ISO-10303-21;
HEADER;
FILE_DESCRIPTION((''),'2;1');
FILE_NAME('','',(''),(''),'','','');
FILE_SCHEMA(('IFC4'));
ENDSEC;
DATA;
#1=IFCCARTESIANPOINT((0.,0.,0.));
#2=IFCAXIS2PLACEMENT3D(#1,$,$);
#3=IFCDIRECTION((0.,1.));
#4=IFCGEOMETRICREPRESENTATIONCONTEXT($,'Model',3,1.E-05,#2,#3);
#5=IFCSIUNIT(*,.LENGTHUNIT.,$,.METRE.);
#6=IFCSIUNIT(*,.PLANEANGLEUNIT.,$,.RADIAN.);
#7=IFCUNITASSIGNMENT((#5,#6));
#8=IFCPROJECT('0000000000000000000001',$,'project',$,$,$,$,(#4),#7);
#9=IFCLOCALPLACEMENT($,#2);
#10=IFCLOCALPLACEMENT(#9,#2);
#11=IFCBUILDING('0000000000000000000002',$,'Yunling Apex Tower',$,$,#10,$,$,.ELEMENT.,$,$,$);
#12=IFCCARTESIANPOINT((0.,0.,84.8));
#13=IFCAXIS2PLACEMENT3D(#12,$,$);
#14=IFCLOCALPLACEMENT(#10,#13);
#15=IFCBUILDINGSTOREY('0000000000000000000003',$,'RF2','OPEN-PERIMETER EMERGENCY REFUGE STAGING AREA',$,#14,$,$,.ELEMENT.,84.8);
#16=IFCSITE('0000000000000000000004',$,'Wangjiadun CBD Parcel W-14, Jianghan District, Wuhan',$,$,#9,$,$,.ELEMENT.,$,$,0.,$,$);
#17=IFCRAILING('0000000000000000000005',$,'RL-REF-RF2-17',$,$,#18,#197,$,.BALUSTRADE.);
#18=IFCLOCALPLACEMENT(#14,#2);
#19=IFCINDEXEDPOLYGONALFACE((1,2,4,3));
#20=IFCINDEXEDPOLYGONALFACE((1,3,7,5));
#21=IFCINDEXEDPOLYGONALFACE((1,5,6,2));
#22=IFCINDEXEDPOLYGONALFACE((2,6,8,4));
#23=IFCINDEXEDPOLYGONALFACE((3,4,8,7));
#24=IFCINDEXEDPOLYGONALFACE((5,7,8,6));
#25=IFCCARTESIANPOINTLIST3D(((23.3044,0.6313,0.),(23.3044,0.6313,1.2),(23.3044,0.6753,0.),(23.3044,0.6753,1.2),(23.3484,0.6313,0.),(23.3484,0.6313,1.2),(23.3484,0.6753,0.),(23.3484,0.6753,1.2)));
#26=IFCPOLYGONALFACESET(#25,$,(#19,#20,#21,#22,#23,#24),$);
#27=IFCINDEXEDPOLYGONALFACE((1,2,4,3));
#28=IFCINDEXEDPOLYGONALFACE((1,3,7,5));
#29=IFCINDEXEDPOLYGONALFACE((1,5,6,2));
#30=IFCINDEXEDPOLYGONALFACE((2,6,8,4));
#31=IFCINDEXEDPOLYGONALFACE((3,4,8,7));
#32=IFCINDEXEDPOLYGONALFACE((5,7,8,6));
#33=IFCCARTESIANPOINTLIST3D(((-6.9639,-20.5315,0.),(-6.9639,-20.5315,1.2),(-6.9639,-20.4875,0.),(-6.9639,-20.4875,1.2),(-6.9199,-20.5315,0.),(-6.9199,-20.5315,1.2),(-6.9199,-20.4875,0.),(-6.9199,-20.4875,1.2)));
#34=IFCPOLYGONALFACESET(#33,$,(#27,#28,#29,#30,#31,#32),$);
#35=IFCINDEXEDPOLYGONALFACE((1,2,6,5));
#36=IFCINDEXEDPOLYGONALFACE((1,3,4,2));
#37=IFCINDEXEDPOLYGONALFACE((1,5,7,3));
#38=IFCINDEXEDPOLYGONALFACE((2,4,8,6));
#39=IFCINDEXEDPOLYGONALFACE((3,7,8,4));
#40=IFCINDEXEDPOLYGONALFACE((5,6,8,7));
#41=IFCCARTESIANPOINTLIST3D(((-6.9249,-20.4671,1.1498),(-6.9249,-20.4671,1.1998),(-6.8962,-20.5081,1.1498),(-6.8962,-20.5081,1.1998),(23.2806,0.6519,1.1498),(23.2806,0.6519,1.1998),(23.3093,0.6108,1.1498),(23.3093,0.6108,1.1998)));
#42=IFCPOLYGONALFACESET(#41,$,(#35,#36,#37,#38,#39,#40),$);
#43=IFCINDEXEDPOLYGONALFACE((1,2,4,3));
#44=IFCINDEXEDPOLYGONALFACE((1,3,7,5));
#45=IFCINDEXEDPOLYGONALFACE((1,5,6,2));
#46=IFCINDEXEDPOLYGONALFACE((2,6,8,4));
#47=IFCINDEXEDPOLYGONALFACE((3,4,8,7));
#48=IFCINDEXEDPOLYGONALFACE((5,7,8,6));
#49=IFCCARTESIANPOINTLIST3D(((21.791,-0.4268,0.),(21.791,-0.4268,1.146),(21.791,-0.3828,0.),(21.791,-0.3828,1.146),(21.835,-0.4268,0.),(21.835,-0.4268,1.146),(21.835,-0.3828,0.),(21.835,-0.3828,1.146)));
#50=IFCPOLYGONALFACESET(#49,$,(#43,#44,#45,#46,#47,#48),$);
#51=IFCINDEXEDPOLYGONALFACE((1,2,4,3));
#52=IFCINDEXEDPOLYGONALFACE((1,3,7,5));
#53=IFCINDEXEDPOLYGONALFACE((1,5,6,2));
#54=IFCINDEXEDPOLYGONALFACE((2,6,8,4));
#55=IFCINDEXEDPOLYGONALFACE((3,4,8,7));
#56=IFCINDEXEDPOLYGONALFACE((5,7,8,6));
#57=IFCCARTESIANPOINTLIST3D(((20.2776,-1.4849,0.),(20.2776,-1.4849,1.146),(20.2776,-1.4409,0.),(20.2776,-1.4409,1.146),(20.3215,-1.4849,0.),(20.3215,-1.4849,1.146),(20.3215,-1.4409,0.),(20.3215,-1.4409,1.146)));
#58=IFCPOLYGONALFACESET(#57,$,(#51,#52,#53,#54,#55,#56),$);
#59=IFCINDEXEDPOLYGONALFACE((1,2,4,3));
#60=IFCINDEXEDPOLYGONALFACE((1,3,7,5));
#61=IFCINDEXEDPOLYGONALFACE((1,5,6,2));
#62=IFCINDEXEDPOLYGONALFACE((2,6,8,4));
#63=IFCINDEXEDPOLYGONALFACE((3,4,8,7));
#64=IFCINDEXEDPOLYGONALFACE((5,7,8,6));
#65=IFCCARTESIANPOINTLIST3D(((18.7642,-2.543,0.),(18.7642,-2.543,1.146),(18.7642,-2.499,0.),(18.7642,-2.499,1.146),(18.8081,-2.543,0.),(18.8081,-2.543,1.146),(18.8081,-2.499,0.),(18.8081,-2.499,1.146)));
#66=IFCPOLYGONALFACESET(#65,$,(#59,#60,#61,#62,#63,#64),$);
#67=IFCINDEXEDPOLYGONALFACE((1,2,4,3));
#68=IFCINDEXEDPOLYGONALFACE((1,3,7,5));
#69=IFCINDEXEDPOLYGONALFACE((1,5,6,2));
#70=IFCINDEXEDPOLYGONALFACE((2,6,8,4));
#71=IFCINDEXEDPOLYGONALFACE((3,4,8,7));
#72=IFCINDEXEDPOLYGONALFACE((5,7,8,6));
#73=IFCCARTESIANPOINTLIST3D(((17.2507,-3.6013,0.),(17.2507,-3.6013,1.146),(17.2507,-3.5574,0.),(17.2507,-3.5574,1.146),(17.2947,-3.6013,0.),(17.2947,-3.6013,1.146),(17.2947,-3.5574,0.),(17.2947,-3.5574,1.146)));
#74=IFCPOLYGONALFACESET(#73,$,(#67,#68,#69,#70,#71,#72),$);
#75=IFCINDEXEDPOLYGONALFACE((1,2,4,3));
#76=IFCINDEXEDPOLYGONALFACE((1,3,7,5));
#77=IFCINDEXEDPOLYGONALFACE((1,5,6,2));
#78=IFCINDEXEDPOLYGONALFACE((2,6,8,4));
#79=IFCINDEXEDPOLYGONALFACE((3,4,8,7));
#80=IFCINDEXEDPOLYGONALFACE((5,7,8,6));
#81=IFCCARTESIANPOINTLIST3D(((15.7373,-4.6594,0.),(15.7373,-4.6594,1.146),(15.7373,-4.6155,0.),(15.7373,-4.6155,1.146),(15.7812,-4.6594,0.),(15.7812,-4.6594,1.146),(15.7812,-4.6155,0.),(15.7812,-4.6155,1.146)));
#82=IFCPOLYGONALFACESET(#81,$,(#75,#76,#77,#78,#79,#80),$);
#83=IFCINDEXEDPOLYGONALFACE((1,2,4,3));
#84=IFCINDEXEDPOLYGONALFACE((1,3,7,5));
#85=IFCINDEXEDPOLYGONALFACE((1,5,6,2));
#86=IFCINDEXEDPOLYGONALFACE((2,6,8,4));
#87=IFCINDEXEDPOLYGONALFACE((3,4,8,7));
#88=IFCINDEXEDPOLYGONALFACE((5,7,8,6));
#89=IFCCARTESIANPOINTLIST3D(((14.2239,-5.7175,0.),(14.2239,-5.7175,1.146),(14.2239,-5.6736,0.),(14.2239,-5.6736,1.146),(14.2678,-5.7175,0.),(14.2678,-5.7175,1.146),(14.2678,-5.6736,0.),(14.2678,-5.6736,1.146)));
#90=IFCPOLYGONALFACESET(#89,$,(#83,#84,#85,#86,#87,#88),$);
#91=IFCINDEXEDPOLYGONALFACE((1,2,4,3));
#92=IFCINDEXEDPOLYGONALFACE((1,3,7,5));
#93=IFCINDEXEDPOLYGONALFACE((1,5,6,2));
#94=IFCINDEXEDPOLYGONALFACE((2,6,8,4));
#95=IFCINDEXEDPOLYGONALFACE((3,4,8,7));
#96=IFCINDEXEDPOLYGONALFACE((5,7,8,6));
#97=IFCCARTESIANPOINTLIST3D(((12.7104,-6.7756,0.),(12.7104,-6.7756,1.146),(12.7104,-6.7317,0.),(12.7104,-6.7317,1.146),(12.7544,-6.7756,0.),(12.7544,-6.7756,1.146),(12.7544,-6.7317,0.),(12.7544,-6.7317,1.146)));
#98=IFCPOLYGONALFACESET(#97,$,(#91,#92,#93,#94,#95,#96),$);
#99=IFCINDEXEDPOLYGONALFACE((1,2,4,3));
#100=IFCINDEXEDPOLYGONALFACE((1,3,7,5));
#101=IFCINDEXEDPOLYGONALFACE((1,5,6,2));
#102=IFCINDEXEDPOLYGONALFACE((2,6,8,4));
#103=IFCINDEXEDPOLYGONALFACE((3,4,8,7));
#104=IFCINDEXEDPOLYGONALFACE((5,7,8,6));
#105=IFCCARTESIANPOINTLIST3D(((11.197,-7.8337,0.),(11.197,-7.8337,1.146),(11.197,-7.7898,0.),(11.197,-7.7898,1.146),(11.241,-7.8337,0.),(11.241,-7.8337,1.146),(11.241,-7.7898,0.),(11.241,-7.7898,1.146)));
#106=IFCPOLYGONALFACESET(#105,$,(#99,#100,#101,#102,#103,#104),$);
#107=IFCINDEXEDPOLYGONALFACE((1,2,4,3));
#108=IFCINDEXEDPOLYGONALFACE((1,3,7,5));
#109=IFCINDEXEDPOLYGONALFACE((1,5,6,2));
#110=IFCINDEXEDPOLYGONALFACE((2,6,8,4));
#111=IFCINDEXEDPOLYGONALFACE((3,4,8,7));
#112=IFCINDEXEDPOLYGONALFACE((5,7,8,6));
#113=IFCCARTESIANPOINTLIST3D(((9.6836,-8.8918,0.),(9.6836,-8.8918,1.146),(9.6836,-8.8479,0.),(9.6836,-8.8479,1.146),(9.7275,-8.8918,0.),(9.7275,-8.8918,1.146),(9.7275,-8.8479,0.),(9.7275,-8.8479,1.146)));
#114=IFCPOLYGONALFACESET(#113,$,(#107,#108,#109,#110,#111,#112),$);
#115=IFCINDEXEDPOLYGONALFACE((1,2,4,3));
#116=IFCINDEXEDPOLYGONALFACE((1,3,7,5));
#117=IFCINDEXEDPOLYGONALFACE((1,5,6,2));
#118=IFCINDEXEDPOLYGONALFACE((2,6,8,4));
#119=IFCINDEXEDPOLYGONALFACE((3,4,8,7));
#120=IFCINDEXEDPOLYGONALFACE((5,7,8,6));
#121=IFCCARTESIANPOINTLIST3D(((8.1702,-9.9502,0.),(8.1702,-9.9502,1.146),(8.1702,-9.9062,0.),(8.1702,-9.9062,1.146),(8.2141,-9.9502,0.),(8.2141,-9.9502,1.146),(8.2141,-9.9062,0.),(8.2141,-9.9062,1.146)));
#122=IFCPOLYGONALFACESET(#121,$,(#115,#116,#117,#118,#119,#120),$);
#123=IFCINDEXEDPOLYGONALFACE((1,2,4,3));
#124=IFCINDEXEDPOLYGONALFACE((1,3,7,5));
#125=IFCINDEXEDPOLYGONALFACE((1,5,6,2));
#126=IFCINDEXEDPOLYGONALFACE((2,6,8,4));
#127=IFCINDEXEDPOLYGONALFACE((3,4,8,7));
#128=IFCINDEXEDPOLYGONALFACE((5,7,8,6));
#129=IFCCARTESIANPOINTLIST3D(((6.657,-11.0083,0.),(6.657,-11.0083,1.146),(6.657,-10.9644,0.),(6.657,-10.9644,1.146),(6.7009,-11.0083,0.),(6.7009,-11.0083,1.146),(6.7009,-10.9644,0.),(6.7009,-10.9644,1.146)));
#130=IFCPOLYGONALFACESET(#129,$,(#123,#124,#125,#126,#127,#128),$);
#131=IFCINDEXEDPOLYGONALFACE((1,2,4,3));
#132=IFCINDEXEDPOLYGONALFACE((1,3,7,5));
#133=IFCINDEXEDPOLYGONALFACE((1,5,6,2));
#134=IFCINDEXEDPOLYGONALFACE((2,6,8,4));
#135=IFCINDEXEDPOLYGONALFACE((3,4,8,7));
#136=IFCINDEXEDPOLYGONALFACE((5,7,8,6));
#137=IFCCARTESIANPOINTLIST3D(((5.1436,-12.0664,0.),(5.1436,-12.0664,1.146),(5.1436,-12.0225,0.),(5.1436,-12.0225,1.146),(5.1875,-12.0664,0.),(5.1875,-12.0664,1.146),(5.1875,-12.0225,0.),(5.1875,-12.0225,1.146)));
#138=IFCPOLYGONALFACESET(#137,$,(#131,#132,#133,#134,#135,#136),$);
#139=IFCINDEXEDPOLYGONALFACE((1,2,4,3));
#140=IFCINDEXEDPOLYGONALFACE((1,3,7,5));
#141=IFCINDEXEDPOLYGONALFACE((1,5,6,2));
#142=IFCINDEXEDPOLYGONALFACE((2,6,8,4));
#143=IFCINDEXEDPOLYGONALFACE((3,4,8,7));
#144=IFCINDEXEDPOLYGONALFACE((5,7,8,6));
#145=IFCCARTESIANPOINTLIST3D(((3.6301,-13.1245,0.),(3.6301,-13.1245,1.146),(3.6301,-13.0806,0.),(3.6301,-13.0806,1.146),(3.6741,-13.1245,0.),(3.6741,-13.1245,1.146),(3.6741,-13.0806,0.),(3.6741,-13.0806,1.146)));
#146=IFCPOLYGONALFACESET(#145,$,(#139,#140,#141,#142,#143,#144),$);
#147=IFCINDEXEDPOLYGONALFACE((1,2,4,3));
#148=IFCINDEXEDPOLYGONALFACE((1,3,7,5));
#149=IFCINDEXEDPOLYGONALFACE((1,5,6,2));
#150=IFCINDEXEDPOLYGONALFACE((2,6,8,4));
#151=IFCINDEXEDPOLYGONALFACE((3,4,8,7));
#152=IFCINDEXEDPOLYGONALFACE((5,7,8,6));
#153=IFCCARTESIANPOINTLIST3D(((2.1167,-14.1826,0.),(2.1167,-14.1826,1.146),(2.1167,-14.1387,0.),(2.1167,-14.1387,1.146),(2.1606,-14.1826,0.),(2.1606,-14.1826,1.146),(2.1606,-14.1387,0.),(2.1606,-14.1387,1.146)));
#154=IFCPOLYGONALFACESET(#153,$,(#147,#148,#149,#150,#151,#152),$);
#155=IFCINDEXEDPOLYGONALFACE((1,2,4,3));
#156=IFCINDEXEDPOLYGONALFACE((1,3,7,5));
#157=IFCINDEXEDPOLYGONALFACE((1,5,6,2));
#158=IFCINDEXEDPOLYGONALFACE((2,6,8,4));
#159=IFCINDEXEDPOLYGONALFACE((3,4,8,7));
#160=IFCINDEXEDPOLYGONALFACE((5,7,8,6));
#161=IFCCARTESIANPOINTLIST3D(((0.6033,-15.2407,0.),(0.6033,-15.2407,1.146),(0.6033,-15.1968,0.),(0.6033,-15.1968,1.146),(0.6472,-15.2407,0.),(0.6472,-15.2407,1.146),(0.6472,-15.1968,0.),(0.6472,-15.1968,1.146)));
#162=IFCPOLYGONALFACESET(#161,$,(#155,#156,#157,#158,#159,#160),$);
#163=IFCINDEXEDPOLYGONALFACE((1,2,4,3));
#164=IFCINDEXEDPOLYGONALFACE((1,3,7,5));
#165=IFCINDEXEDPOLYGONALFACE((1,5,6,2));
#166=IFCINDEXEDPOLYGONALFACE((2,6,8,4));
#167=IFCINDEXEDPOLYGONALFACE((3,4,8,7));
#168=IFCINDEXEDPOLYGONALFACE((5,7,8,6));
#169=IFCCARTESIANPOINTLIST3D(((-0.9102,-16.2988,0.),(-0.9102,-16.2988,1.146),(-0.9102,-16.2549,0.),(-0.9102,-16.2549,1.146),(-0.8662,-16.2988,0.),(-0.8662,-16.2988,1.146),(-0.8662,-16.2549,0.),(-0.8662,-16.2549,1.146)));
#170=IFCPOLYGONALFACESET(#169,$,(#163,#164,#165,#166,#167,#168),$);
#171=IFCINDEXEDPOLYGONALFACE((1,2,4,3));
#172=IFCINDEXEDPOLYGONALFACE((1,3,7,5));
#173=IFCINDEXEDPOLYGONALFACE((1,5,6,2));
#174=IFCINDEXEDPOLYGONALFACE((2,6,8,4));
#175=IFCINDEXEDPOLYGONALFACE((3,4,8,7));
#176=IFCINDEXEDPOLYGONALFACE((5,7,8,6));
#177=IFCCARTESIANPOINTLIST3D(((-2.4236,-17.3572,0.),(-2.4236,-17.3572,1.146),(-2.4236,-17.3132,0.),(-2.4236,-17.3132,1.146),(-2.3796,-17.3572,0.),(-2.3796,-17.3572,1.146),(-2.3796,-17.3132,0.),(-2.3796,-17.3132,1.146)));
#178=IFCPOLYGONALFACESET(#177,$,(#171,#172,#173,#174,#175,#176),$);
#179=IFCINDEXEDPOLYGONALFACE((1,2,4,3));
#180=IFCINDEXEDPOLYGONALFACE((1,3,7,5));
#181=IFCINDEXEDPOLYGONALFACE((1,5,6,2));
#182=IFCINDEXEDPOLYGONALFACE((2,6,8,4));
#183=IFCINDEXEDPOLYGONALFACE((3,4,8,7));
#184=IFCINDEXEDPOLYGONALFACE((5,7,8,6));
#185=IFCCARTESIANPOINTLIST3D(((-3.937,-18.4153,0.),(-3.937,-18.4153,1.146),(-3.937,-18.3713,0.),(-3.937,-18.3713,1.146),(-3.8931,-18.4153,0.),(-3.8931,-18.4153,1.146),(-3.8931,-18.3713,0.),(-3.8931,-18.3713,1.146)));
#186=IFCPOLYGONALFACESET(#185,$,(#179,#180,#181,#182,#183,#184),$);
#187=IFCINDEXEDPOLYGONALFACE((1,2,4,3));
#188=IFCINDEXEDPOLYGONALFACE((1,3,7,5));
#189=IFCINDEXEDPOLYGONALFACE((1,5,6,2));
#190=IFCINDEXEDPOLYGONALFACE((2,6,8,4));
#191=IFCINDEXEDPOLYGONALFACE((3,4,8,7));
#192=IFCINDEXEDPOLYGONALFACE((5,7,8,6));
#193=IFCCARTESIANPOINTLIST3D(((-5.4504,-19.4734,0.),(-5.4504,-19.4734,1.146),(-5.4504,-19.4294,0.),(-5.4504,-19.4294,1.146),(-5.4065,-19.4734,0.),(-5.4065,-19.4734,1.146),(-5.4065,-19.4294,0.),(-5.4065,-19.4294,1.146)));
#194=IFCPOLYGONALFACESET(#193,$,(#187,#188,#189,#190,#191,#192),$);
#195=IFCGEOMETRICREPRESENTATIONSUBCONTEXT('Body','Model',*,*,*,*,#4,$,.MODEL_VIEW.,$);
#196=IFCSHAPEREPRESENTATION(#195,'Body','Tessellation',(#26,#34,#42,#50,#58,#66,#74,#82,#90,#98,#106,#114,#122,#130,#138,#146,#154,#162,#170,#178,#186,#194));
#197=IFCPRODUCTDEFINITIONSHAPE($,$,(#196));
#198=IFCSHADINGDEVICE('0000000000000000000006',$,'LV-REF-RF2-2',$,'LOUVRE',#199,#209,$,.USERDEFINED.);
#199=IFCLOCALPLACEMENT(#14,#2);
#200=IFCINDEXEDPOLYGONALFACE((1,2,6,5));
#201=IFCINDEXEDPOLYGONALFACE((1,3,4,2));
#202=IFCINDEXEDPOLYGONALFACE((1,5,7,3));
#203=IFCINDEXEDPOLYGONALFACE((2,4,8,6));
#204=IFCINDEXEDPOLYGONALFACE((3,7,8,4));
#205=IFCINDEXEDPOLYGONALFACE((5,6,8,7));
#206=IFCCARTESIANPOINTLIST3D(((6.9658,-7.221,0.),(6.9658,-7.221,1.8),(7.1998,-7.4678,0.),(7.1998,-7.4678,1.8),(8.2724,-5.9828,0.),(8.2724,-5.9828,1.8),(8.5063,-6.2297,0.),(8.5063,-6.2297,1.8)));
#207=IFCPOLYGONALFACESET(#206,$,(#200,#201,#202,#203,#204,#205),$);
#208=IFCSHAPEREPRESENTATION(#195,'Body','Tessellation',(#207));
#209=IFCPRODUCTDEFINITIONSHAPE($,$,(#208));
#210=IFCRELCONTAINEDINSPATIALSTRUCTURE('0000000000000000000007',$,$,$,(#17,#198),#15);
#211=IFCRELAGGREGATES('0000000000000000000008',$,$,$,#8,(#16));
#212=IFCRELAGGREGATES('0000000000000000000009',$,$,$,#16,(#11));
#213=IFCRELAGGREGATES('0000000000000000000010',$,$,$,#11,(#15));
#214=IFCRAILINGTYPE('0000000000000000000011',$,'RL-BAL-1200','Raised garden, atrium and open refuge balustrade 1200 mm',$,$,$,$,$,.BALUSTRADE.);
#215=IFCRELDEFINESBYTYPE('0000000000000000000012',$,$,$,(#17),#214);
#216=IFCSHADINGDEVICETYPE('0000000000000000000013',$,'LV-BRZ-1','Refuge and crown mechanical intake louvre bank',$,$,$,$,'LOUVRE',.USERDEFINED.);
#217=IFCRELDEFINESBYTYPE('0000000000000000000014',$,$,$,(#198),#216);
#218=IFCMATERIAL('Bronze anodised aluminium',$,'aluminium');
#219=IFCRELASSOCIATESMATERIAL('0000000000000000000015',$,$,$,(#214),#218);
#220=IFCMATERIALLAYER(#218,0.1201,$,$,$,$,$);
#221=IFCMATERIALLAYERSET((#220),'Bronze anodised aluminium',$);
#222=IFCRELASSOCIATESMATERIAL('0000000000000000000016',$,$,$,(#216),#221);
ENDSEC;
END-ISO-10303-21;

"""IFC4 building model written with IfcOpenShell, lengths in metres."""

from ifc_helpers import new_model, si_unit, direction, frame, origin, origin_2d, place, context, subcontext, project, spatial, rectangle, extrude, source, transform, mapped, material, layer, layer_set, type_object, element, save


model = new_model("IFC4")

# Units and contexts
model_context = context("Model", 3, precision=1e-05, world=origin(), true_north=direction((0.0, 1.0)))
body_context = subcontext(model_context, "Body", "Model", "MODEL_VIEW")
ifc_project = project(units=[si_unit("LENGTHUNIT", "METRE"), si_unit("PLANEANGLEUNIT", "RADIAN")], contexts=[model_context])

# Site, building, storey
site_placement = place(None, origin())
site = spatial("IfcSite", under=ifc_project, at=site_placement, Name="Wangjiadun CBD Parcel W-14, Jianghan District, Wuhan", CompositionType="ELEMENT", RefElevation=0.0)
building_placement = place(site_placement, origin())
building = spatial("IfcBuilding", under=site, at=building_placement, Name="Yunling Apex Tower", CompositionType="ELEMENT")
storey_placement = place(building_placement, frame((0.0, 0.0, 84.8)))
storey = spatial("IfcBuildingStorey", under=building, at=storey_placement, Name="RF2", Description="OPEN-PERIMETER EMERGENCY REFUGE STAGING AREA", CompositionType="ELEMENT", Elevation=84.8)

# Railing
ifc_material_1 = material(Name="Bronze anodised aluminium", Category="aluminium")
railing_type = type_object("IfcRailingType", Name="RL-BAL-1200", Description="Raised garden, atrium and open refuge balustrade 1200 mm", PredefinedType="BALUSTRADE", material=ifc_material_1)
railing_placement = place(storey_placement, frame((23.3264, 0.6533, 0.0)))
element("IfcRailing", 1, at=railing_placement, inside=storey, type_object=railing_type, Name="RL-REF-RF2-17", PredefinedType="BALUSTRADE", context=body_context, shape_type="SweptSolid", body=[
    extrude(rectangle(XDim=0.0439, YDim=0.0439, at=origin_2d()), origin(), (0.0, 0.0, 1.0), 1.2),
    extrude(rectangle(XDim=0.0439, YDim=0.0439, at=origin_2d()), frame((-30.2683, -21.1628, 0.0)), (0.0, 0.0, 1.0), 1.2),
    extrude(rectangle(XDim=0.05, YDim=0.05, at=origin_2d()), frame((-0.0315, -0.022, 1.1748), z_axis=(-0.819549, -0.573008, 0.0), x_axis=(0.573008, -0.819549, 0.0)), (0.0, 0.0, 1.0), 36.8562),
    extrude(rectangle(XDim=0.0439, YDim=0.0439, at=origin_2d()), frame((-1.5134, -1.0581, 0.0)), (0.0, 0.0, 1.0), 1.146),
    extrude(rectangle(XDim=0.0439, YDim=0.0439, at=origin_2d()), frame((-3.0269, -2.1162, 0.0)), (0.0, 0.0, 1.0), 1.146),
    extrude(rectangle(XDim=0.0439, YDim=0.0439, at=origin_2d()), frame((-4.5403, -3.1743, 0.0)), (0.0, 0.0, 1.0), 1.146),
    extrude(rectangle(XDim=0.0439, YDim=0.0439, at=origin_2d()), frame((-6.0537, -4.2327, 0.0)), (0.0, 0.0, 1.0), 1.146),
    extrude(rectangle(XDim=0.0439, YDim=0.0439, at=origin_2d()), frame((-7.5671, -5.2908, 0.0)), (0.0, 0.0, 1.0), 1.146),
    extrude(rectangle(XDim=0.0439, YDim=0.0439, at=origin_2d()), frame((-9.0806, -6.3489, 0.0)), (0.0, 0.0, 1.0), 1.146),
    extrude(rectangle(XDim=0.0439, YDim=0.0439, at=origin_2d()), frame((-10.594, -7.407, 0.0)), (0.0, 0.0, 1.0), 1.146),
    extrude(rectangle(XDim=0.0439, YDim=0.0439, at=origin_2d()), frame((-12.1074, -8.4651, 0.0)), (0.0, 0.0, 1.0), 1.146),
    extrude(rectangle(XDim=0.0439, YDim=0.0439, at=origin_2d()), frame((-13.6208, -9.5232, 0.0)), (0.0, 0.0, 1.0), 1.146),
    extrude(rectangle(XDim=0.0439, YDim=0.0439, at=origin_2d()), frame((-15.1343, -10.5815, 0.0)), (0.0, 0.0, 1.0), 1.146),
    extrude(rectangle(XDim=0.0439, YDim=0.0439, at=origin_2d()), frame((-16.6475, -11.6396, 0.0)), (0.0, 0.0, 1.0), 1.146),
    extrude(rectangle(XDim=0.0439, YDim=0.0439, at=origin_2d()), frame((-18.1609, -12.6978, 0.0)), (0.0, 0.0, 1.0), 1.146),
    extrude(rectangle(XDim=0.0439, YDim=0.0439, at=origin_2d()), frame((-19.6743, -13.7559, 0.0)), (0.0, 0.0, 1.0), 1.146),
    extrude(rectangle(XDim=0.0439, YDim=0.0439, at=origin_2d()), frame((-21.1877, -14.814, 0.0)), (0.0, 0.0, 1.0), 1.146),
    extrude(rectangle(XDim=0.0439, YDim=0.0439, at=origin_2d()), frame((-22.7012, -15.8721, 0.0)), (0.0, 0.0, 1.0), 1.146),
    extrude(rectangle(XDim=0.0439, YDim=0.0439, at=origin_2d()), frame((-24.2146, -16.9302, 0.0)), (0.0, 0.0, 1.0), 1.146),
    extrude(rectangle(XDim=0.0439, YDim=0.0439, at=origin_2d()), frame((-25.728, -17.9885, 0.0)), (0.0, 0.0, 1.0), 1.146),
    extrude(rectangle(XDim=0.0439, YDim=0.0439, at=origin_2d()), frame((-27.2415, -19.0466, 0.0)), (0.0, 0.0, 1.0), 1.146),
    extrude(rectangle(XDim=0.0439, YDim=0.0439, at=origin_2d()), frame((-28.7549, -20.1047, 0.0)), (0.0, 0.0, 1.0), 1.146),
])

# Shading device
ifc_layer_1 = layer(ifc_material_1, 0.1201)
ifc_layer_set_1 = layer_set([ifc_layer_1], Name="Bronze anodised aluminium")
shading_device_type = type_object("IfcShadingDeviceType", Name="LV-BRZ-1", Description="Refuge and crown mechanical intake louvre bank", ElementType="LOUVRE", PredefinedType="USERDEFINED", material=ifc_layer_set_1)
shared_shape_1 = source(origin(), body_context, "Body", "SweptSolid", [
    extrude(rectangle(XDim=1.8, YDim=0.3401, at=origin_2d()), origin(), (0.0, 0.0, 1.0), 1.8),
])
shading_device_placement = place(storey_placement, frame((7.7361, -6.7253, 0.0), z_axis=(0.0, 0.0, 1.0), x_axis=(-0.725855, -0.687848, 0.0)))
element("IfcShadingDevice", 2, at=shading_device_placement, inside=storey, type_object=shading_device_type, Name="LV-REF-RF2-2", ObjectType="LOUVRE", PredefinedType="USERDEFINED", context=body_context, shape_type="MappedRepresentation", body=[
    mapped(shared_shape_1, transform((0.0, 0.0, 0.0), scale=1.0)),
])

save(model, "model.ifc")
